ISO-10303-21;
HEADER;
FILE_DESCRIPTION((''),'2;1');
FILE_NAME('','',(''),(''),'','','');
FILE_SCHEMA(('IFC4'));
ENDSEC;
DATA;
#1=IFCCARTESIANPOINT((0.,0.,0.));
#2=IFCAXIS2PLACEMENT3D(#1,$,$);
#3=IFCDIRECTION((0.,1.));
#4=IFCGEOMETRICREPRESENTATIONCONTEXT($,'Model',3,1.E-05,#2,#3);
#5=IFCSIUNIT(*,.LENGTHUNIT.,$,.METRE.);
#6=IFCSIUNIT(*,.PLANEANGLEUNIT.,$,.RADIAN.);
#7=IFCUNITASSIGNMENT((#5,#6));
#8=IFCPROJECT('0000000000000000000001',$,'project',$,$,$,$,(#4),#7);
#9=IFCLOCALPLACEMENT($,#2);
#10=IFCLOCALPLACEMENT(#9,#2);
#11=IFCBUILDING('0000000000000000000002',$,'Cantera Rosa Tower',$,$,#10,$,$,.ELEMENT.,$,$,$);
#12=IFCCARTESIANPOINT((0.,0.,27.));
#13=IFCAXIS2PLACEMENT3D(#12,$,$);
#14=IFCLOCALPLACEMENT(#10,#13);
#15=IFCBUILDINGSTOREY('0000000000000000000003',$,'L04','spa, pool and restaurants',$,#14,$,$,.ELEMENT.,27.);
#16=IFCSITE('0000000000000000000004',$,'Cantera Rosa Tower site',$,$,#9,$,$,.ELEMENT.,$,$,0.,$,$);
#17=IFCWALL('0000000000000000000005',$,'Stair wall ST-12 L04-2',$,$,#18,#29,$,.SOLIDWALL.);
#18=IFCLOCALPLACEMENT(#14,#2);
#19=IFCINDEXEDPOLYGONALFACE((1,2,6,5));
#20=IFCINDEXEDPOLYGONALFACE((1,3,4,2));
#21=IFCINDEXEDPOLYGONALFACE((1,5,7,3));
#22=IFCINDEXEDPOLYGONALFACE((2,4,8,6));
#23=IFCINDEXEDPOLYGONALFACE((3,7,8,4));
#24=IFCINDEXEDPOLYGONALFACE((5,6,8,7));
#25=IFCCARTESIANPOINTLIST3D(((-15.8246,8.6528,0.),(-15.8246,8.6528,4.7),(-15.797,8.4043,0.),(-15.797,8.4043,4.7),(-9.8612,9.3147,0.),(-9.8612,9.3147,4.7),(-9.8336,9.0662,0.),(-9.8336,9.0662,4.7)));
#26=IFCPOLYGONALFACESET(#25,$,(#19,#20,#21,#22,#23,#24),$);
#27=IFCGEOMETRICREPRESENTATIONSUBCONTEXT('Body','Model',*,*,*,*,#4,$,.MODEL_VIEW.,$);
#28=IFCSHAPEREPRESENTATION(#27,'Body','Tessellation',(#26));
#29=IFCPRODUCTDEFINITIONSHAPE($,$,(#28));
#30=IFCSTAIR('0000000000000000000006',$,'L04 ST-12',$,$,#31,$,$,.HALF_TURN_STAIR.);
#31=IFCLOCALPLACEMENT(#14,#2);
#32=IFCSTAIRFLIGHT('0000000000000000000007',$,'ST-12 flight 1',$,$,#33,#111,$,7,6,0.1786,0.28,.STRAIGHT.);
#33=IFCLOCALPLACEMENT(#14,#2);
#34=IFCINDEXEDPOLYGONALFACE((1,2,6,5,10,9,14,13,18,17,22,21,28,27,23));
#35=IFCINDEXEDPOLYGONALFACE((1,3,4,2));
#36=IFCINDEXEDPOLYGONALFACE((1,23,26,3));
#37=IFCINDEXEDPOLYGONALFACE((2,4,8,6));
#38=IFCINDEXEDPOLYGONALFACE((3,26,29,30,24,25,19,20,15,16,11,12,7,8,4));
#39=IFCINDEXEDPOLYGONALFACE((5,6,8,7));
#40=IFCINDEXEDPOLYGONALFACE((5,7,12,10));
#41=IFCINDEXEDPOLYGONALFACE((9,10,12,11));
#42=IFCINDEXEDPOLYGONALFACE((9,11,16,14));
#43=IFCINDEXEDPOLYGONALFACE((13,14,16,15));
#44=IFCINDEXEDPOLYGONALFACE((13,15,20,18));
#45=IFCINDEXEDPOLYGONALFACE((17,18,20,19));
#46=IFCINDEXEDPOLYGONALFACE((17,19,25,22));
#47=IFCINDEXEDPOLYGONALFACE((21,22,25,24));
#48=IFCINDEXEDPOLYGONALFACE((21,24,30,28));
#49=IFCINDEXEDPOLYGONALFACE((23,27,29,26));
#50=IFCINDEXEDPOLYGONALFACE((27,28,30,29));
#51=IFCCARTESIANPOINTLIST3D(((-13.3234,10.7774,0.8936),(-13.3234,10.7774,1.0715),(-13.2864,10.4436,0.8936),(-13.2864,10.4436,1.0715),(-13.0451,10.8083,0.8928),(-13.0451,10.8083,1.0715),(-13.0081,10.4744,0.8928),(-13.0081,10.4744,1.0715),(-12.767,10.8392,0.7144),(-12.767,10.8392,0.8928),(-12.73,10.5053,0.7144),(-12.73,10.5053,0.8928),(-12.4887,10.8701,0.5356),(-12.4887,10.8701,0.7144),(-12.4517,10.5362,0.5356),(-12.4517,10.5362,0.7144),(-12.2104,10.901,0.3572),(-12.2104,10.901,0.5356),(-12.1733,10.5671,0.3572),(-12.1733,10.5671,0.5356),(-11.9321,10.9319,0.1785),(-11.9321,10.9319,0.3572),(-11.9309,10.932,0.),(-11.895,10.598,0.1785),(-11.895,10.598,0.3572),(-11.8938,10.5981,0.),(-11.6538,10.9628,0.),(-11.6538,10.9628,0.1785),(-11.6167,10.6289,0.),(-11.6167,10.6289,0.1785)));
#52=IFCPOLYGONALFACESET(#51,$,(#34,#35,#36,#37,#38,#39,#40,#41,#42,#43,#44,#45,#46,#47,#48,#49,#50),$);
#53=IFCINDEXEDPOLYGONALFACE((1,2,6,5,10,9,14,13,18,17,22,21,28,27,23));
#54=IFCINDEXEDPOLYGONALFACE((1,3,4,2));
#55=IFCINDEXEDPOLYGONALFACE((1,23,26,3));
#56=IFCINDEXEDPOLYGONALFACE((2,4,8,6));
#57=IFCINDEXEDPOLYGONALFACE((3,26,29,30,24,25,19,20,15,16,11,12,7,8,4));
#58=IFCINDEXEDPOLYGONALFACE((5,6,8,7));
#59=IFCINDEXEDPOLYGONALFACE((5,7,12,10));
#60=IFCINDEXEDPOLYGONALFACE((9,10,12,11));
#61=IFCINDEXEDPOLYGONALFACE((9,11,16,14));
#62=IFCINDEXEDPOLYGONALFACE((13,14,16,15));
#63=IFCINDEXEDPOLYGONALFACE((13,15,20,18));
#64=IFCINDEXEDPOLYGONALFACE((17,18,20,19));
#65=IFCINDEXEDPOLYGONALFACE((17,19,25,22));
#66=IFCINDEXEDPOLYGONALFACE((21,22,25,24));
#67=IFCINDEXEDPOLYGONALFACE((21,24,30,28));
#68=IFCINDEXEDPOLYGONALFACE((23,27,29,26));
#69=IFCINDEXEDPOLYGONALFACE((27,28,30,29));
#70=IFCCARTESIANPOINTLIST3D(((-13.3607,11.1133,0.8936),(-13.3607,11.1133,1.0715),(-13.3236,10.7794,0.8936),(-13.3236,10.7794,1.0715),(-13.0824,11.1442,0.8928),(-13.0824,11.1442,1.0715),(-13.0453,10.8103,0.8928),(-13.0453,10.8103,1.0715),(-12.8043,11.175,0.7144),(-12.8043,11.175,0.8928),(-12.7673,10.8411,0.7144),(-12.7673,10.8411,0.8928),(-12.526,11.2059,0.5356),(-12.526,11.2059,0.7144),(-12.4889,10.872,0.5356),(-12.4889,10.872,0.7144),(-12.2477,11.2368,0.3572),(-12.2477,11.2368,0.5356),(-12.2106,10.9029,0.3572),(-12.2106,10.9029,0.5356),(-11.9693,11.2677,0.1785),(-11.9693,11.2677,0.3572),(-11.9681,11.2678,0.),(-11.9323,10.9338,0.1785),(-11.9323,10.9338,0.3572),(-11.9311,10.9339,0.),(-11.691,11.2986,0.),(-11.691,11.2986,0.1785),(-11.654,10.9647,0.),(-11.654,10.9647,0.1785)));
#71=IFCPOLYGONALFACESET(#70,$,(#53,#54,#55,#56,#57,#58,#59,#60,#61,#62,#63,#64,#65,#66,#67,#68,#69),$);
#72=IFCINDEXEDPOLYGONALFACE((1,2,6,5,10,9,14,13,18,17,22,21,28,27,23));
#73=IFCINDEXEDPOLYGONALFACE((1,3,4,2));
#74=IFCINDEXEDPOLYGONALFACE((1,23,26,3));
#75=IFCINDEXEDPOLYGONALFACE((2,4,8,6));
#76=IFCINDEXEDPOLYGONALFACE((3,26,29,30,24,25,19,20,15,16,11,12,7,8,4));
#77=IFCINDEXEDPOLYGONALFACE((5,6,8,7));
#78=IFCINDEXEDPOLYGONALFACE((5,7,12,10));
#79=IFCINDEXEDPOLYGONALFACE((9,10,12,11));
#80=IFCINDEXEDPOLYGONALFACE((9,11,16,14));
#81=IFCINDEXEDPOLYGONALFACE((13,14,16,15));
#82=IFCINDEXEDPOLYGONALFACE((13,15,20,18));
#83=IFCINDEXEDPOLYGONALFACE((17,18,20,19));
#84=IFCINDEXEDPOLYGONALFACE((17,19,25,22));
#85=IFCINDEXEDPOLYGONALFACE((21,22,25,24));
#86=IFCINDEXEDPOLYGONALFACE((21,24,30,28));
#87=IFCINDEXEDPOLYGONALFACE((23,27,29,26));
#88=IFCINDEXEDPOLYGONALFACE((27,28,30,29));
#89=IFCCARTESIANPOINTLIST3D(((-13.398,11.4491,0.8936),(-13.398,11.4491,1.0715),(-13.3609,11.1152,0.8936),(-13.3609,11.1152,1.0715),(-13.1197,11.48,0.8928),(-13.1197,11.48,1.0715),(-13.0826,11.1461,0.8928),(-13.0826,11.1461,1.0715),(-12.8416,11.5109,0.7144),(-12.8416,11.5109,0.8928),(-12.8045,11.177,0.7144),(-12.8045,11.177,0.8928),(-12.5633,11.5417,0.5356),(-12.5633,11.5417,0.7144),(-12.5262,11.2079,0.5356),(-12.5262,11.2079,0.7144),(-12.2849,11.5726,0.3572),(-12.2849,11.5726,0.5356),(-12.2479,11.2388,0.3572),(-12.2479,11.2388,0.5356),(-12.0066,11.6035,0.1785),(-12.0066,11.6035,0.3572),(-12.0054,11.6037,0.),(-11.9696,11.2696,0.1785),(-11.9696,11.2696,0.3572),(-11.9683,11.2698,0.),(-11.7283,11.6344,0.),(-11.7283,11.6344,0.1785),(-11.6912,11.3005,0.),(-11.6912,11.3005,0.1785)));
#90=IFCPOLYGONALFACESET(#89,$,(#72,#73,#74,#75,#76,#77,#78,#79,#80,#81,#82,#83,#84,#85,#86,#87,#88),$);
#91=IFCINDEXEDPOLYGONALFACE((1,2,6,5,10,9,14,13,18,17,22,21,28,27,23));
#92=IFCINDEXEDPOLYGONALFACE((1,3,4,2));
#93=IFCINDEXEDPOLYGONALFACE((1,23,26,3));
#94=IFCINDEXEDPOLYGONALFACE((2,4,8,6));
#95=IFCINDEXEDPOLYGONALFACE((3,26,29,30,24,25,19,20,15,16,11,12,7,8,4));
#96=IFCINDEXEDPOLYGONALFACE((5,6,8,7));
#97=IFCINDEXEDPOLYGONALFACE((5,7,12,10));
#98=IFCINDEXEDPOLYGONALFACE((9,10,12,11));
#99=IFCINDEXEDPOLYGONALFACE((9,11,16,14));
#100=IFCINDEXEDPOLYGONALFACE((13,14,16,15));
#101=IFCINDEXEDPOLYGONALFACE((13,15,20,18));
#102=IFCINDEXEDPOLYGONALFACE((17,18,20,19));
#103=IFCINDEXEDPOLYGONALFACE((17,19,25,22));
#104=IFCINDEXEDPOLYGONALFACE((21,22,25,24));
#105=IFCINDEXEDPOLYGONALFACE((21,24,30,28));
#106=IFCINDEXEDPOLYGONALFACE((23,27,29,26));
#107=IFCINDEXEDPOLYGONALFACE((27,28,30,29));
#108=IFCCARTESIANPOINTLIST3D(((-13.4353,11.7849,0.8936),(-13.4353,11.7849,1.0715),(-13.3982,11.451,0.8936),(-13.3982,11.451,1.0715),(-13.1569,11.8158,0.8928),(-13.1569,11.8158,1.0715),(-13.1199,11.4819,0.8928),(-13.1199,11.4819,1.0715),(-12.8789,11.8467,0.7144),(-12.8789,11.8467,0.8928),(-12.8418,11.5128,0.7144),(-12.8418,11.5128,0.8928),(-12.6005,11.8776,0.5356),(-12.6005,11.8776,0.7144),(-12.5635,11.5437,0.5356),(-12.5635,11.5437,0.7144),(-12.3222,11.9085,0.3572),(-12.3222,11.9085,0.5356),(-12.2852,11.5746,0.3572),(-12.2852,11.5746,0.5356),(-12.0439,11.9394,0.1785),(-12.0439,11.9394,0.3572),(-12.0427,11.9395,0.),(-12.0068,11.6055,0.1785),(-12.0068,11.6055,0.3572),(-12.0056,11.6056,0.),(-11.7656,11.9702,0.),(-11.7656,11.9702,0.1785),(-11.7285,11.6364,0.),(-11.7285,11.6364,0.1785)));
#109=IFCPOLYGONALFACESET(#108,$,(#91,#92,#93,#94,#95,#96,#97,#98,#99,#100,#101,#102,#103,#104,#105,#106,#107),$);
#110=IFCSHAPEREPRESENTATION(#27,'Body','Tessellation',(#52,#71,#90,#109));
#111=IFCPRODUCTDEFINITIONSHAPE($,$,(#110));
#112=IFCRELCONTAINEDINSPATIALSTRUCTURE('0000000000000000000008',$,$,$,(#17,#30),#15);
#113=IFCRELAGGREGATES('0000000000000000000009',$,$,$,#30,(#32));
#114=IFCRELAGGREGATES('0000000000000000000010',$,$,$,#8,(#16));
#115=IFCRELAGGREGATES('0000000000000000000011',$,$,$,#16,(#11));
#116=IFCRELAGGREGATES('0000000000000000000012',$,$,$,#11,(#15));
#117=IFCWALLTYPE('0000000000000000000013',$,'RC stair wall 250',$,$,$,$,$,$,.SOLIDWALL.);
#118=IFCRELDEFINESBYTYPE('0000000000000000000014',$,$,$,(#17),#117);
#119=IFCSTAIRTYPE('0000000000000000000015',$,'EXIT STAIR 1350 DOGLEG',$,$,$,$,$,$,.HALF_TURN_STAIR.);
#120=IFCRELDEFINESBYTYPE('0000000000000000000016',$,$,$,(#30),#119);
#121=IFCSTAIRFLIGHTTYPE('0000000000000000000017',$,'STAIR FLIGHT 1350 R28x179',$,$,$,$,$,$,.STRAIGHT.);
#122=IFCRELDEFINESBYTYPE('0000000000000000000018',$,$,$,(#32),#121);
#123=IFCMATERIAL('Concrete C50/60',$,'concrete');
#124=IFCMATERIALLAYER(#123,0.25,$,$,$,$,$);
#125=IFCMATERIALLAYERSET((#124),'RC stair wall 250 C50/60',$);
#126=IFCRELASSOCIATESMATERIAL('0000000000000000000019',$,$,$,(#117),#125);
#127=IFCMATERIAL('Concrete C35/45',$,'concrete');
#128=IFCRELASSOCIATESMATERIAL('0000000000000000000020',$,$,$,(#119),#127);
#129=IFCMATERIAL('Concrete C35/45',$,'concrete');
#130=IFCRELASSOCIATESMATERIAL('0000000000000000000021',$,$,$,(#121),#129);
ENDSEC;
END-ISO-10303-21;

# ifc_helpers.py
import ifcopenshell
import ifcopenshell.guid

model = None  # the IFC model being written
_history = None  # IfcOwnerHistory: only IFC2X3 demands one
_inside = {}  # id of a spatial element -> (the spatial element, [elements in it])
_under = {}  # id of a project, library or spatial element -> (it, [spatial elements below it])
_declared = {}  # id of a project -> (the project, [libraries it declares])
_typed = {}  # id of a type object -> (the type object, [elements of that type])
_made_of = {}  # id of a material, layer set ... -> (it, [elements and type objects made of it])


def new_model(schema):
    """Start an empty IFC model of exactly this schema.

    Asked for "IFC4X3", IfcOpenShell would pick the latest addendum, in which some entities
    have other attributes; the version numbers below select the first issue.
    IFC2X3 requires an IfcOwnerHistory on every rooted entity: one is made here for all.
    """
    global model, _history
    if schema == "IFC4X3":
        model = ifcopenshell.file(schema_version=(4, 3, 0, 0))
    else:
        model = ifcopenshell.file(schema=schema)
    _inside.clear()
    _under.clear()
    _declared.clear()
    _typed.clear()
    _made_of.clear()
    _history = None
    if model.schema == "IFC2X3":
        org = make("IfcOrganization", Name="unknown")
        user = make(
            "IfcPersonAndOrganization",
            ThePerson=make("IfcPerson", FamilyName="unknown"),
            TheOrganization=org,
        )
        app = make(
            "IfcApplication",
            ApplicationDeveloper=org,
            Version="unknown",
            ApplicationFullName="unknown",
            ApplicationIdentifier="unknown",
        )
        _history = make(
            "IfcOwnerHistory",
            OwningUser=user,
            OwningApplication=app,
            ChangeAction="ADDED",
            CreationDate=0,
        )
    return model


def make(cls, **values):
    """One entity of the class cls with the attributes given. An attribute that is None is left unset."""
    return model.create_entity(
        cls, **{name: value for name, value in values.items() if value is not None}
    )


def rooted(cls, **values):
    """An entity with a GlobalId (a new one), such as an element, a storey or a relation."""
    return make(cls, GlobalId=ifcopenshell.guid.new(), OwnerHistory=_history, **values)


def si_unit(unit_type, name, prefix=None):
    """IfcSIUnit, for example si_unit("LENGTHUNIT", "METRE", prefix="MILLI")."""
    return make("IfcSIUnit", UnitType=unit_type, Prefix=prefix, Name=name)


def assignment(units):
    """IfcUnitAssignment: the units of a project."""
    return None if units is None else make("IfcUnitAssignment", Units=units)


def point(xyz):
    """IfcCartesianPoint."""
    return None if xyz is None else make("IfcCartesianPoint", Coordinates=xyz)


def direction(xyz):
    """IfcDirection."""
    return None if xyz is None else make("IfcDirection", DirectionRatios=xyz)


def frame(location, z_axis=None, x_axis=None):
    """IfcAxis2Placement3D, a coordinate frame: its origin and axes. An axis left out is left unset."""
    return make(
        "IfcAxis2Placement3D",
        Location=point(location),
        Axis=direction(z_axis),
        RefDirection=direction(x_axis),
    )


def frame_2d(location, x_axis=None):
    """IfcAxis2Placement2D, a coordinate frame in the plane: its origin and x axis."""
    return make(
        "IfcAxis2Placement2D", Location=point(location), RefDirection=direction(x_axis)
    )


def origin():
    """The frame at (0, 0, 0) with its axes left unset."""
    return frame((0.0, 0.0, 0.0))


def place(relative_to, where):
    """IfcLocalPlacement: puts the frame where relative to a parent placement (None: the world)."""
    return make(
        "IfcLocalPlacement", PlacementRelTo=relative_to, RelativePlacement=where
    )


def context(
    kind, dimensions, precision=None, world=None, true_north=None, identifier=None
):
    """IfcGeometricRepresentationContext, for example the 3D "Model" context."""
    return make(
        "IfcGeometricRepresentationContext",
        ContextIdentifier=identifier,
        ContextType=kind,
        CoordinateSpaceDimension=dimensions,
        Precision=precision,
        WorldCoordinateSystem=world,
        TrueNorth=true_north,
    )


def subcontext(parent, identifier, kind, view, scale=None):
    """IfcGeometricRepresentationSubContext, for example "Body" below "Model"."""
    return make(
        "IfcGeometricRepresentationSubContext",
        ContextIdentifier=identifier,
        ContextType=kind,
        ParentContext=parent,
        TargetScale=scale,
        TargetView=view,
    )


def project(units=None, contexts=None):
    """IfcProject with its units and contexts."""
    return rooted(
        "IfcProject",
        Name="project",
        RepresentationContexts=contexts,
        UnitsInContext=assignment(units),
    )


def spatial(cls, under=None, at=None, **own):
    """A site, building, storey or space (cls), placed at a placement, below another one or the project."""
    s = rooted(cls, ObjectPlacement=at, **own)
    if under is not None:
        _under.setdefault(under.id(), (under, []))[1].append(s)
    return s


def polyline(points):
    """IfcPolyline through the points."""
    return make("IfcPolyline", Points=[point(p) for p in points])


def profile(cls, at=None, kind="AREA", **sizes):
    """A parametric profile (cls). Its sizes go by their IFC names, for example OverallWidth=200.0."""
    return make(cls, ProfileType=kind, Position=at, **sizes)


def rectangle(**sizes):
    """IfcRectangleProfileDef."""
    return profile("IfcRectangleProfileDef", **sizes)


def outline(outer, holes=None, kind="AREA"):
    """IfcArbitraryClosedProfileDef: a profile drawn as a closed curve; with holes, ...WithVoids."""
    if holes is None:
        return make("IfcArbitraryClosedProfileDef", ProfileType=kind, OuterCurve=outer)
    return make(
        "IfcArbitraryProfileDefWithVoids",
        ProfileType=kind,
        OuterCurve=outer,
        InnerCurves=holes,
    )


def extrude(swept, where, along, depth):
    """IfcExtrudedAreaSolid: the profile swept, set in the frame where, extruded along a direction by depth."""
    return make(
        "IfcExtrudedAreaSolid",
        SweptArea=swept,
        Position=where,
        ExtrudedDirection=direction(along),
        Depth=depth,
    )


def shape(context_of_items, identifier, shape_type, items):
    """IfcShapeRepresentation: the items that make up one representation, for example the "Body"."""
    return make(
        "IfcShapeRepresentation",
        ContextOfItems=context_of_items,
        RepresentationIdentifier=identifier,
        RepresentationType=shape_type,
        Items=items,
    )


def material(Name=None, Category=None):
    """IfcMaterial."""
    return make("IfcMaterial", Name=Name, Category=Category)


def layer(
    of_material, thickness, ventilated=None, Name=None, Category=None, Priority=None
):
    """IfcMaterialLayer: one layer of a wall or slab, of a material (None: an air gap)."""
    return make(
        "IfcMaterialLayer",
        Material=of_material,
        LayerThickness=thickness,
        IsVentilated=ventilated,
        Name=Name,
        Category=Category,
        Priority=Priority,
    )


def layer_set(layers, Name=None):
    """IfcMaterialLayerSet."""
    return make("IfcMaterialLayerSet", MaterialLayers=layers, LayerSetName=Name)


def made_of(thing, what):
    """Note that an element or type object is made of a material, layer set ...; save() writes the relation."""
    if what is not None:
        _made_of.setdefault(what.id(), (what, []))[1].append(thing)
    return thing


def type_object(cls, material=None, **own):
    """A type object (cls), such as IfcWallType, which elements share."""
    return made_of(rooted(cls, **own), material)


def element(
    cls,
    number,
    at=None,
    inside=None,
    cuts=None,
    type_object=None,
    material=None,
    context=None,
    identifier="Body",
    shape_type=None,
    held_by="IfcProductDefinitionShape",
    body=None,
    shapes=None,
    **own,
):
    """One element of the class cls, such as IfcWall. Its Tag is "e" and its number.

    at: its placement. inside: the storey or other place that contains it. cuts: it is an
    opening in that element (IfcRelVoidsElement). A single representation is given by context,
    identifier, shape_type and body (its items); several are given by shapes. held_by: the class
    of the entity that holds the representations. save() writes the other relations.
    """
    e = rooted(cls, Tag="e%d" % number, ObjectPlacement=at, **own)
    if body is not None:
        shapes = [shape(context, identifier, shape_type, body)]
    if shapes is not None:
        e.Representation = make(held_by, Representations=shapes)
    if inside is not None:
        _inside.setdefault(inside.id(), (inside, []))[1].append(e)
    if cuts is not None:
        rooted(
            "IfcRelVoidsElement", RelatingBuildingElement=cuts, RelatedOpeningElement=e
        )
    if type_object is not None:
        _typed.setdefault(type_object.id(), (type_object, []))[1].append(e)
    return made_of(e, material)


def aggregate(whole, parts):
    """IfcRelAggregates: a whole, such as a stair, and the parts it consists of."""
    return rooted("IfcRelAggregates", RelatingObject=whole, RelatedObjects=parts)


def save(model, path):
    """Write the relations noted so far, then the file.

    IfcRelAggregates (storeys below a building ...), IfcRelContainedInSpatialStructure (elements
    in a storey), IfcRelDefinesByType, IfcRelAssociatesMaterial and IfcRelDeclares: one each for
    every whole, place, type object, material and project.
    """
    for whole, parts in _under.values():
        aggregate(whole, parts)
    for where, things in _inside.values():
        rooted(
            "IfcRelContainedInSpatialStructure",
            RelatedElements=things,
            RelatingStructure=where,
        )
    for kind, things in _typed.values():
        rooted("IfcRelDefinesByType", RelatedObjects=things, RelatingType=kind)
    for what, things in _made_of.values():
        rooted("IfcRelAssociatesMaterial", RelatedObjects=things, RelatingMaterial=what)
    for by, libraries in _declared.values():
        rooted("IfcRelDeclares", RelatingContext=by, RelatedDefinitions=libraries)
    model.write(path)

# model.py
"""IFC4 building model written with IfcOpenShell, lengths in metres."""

from ifc_helpers import new_model, si_unit, direction, frame, frame_2d, origin, place, context, subcontext, project, spatial, polyline, rectangle, outline, extrude, material, layer, layer_set, type_object, element, aggregate, save


model = new_model("IFC4")

# Units and contexts
model_context = context("Model", 3, precision=1e-05, world=origin(), true_north=direction((0.0, 1.0)))
body_context = subcontext(model_context, "Body", "Model", "MODEL_VIEW")
ifc_project = project(units=[si_unit("LENGTHUNIT", "METRE"), si_unit("PLANEANGLEUNIT", "RADIAN")], contexts=[model_context])

# Site, building, storey
site_placement = place(None, origin())
site = spatial("IfcSite", under=ifc_project, at=site_placement, Name="Cantera Rosa Tower site", CompositionType="ELEMENT", RefElevation=0.0)
building_placement = place(site_placement, origin())
building = spatial("IfcBuilding", under=site, at=building_placement, Name="Cantera Rosa Tower", CompositionType="ELEMENT")
storey_placement = place(building_placement, frame((0.0, 0.0, 27.0)))
storey = spatial("IfcBuildingStorey", under=building, at=storey_placement, Name="L04", Description="spa, pool and restaurants", CompositionType="ELEMENT", Elevation=27.0)

# Wall
ifc_material_1 = material(Name="Concrete C50/60", Category="concrete")
ifc_layer_1 = layer(ifc_material_1, 0.25)
ifc_layer_set_1 = layer_set([ifc_layer_1], Name="RC stair wall 250 C50/60")
wall_type_1 = type_object("IfcWallType", Name="RC stair wall 250", PredefinedType="SOLIDWALL", material=ifc_layer_set_1)
wall_1_placement = place(storey_placement, frame((-9.8474, 9.1904, 0.0), z_axis=(0.0, 0.0, 1.0), x_axis=(-0.993897, -0.110311, 0.0)))
element("IfcWall", 1, at=wall_1_placement, inside=storey, type_object=wall_type_1, Name="Stair wall ST-12 L04-2", PredefinedType="SOLIDWALL", context=body_context, shape_type="SweptSolid", body=[
    extrude(rectangle(XDim=6.0, YDim=0.25, at=frame_2d((3.0, 0.0))), origin(), (0.0, 0.0, 1.0), 4.7),
])

# Stair, stair flight
ifc_material_2 = material(Name="Concrete C35/45", Category="concrete")
stair_type = type_object("IfcStairType", Name="EXIT STAIR 1350 DOGLEG", PredefinedType="HALF_TURN_STAIR", material=ifc_material_2)
stair_placement = place(storey_placement, origin())
stair = element("IfcStair", 2, at=stair_placement, inside=storey, type_object=stair_type, Name="L04 ST-12", PredefinedType="HALF_TURN_STAIR")
ifc_material_3 = material(Name="Concrete C35/45", Category="concrete")
stair_flight_type = type_object("IfcStairFlightType", Name="STAIR FLIGHT 1350 R28x179", PredefinedType="STRAIGHT", material=ifc_material_3)
stair_flight_1_placement = place(storey_placement, frame((-11.6912, 11.2998, 0.0), z_axis=(0.0, 0.0, 1.0), x_axis=(-0.993897, -0.110313, 0.0)))
stair_flight_1 = element("IfcStairFlight", 3, at=stair_flight_1_placement, type_object=stair_flight_type, Name="ST-12 flight 1", NumberOfRisers=7, NumberOfTreads=6, PredefinedType="STRAIGHT", RiserHeight=0.1786, TreadLength=0.28, context=body_context, shape_type="SweptSolid", body=[
    extrude(outline(polyline([(0.0, 0.0), (0.0, 0.1785), (0.28, 0.1785), (0.28, 0.3572), (0.5601, 0.3572), (0.5601, 0.5356), (0.8401, 0.5356), (0.8401, 0.7144), (1.1201, 0.7144), (1.1201, 0.8928), (1.3999, 0.8928), (1.3999, 1.0715), (1.6799, 1.0715), (1.6799, 1.25), (1.6799, 0.8936), (0.2788, 0.0), (0.0, 0.0)])), frame((0.0, 0.675, 0.0), z_axis=(0.0, -1.0, 0.0), x_axis=(1.0, 0.0, 0.0)), (0.0, 0.0, 1.0), 0.3359),
    extrude(outline(polyline([(0.0, 0.0), (0.0, 0.1785), (0.28, 0.1785), (0.28, 0.3572), (0.5601, 0.3572), (0.5601, 0.5356), (0.8401, 0.5356), (0.8401, 0.7144), (1.1201, 0.7144), (1.1201, 0.8928), (1.3999, 0.8928), (1.3999, 1.0715), (1.6799, 1.0715), (1.6799, 1.25), (1.6799, 0.8936), (0.2788, 0.0), (0.0, 0.0)])), frame((0.0, 0.3372, 0.0), z_axis=(0.0, -1.0, 0.0), x_axis=(1.0, 0.0, 0.0)), (0.0, 0.0, 1.0), 0.3359),
    extrude(outline(polyline([(0.0, 0.0), (0.0, 0.1785), (0.28, 0.1785), (0.28, 0.3572), (0.5601, 0.3572), (0.5601, 0.5356), (0.8401, 0.5356), (0.8401, 0.7144), (1.1201, 0.7144), (1.1201, 0.8928), (1.3999, 0.8928), (1.3999, 1.0715), (1.6799, 1.0715), (1.6799, 1.25), (1.6799, 0.8936), (0.2788, 0.0), (0.0, 0.0)])), frame((0.0, -0.0007, 0.0), z_axis=(0.0, -1.0, 0.0), x_axis=(1.0, 0.0, 0.0)), (0.0, 0.0, 1.0), 0.3359),
    extrude(outline(polyline([(0.0, 0.0), (0.0, 0.1785), (0.28, 0.1785), (0.28, 0.3572), (0.5601, 0.3572), (0.5601, 0.5356), (0.8401, 0.5356), (0.8401, 0.7144), (1.1201, 0.7144), (1.1201, 0.8928), (1.3999, 0.8928), (1.3999, 1.0715), (1.6799, 1.0715), (1.6799, 1.25), (1.6799, 0.8936), (0.2788, 0.0), (0.0, 0.0)])), frame((0.0, -0.3386, 0.0), z_axis=(0.0, -1.0, 0.0), x_axis=(1.0, 0.0, 0.0)), (0.0, 0.0, 1.0), 0.3359),
])
aggregate(stair, [stair_flight_1])

save(model, "model.ifc")
